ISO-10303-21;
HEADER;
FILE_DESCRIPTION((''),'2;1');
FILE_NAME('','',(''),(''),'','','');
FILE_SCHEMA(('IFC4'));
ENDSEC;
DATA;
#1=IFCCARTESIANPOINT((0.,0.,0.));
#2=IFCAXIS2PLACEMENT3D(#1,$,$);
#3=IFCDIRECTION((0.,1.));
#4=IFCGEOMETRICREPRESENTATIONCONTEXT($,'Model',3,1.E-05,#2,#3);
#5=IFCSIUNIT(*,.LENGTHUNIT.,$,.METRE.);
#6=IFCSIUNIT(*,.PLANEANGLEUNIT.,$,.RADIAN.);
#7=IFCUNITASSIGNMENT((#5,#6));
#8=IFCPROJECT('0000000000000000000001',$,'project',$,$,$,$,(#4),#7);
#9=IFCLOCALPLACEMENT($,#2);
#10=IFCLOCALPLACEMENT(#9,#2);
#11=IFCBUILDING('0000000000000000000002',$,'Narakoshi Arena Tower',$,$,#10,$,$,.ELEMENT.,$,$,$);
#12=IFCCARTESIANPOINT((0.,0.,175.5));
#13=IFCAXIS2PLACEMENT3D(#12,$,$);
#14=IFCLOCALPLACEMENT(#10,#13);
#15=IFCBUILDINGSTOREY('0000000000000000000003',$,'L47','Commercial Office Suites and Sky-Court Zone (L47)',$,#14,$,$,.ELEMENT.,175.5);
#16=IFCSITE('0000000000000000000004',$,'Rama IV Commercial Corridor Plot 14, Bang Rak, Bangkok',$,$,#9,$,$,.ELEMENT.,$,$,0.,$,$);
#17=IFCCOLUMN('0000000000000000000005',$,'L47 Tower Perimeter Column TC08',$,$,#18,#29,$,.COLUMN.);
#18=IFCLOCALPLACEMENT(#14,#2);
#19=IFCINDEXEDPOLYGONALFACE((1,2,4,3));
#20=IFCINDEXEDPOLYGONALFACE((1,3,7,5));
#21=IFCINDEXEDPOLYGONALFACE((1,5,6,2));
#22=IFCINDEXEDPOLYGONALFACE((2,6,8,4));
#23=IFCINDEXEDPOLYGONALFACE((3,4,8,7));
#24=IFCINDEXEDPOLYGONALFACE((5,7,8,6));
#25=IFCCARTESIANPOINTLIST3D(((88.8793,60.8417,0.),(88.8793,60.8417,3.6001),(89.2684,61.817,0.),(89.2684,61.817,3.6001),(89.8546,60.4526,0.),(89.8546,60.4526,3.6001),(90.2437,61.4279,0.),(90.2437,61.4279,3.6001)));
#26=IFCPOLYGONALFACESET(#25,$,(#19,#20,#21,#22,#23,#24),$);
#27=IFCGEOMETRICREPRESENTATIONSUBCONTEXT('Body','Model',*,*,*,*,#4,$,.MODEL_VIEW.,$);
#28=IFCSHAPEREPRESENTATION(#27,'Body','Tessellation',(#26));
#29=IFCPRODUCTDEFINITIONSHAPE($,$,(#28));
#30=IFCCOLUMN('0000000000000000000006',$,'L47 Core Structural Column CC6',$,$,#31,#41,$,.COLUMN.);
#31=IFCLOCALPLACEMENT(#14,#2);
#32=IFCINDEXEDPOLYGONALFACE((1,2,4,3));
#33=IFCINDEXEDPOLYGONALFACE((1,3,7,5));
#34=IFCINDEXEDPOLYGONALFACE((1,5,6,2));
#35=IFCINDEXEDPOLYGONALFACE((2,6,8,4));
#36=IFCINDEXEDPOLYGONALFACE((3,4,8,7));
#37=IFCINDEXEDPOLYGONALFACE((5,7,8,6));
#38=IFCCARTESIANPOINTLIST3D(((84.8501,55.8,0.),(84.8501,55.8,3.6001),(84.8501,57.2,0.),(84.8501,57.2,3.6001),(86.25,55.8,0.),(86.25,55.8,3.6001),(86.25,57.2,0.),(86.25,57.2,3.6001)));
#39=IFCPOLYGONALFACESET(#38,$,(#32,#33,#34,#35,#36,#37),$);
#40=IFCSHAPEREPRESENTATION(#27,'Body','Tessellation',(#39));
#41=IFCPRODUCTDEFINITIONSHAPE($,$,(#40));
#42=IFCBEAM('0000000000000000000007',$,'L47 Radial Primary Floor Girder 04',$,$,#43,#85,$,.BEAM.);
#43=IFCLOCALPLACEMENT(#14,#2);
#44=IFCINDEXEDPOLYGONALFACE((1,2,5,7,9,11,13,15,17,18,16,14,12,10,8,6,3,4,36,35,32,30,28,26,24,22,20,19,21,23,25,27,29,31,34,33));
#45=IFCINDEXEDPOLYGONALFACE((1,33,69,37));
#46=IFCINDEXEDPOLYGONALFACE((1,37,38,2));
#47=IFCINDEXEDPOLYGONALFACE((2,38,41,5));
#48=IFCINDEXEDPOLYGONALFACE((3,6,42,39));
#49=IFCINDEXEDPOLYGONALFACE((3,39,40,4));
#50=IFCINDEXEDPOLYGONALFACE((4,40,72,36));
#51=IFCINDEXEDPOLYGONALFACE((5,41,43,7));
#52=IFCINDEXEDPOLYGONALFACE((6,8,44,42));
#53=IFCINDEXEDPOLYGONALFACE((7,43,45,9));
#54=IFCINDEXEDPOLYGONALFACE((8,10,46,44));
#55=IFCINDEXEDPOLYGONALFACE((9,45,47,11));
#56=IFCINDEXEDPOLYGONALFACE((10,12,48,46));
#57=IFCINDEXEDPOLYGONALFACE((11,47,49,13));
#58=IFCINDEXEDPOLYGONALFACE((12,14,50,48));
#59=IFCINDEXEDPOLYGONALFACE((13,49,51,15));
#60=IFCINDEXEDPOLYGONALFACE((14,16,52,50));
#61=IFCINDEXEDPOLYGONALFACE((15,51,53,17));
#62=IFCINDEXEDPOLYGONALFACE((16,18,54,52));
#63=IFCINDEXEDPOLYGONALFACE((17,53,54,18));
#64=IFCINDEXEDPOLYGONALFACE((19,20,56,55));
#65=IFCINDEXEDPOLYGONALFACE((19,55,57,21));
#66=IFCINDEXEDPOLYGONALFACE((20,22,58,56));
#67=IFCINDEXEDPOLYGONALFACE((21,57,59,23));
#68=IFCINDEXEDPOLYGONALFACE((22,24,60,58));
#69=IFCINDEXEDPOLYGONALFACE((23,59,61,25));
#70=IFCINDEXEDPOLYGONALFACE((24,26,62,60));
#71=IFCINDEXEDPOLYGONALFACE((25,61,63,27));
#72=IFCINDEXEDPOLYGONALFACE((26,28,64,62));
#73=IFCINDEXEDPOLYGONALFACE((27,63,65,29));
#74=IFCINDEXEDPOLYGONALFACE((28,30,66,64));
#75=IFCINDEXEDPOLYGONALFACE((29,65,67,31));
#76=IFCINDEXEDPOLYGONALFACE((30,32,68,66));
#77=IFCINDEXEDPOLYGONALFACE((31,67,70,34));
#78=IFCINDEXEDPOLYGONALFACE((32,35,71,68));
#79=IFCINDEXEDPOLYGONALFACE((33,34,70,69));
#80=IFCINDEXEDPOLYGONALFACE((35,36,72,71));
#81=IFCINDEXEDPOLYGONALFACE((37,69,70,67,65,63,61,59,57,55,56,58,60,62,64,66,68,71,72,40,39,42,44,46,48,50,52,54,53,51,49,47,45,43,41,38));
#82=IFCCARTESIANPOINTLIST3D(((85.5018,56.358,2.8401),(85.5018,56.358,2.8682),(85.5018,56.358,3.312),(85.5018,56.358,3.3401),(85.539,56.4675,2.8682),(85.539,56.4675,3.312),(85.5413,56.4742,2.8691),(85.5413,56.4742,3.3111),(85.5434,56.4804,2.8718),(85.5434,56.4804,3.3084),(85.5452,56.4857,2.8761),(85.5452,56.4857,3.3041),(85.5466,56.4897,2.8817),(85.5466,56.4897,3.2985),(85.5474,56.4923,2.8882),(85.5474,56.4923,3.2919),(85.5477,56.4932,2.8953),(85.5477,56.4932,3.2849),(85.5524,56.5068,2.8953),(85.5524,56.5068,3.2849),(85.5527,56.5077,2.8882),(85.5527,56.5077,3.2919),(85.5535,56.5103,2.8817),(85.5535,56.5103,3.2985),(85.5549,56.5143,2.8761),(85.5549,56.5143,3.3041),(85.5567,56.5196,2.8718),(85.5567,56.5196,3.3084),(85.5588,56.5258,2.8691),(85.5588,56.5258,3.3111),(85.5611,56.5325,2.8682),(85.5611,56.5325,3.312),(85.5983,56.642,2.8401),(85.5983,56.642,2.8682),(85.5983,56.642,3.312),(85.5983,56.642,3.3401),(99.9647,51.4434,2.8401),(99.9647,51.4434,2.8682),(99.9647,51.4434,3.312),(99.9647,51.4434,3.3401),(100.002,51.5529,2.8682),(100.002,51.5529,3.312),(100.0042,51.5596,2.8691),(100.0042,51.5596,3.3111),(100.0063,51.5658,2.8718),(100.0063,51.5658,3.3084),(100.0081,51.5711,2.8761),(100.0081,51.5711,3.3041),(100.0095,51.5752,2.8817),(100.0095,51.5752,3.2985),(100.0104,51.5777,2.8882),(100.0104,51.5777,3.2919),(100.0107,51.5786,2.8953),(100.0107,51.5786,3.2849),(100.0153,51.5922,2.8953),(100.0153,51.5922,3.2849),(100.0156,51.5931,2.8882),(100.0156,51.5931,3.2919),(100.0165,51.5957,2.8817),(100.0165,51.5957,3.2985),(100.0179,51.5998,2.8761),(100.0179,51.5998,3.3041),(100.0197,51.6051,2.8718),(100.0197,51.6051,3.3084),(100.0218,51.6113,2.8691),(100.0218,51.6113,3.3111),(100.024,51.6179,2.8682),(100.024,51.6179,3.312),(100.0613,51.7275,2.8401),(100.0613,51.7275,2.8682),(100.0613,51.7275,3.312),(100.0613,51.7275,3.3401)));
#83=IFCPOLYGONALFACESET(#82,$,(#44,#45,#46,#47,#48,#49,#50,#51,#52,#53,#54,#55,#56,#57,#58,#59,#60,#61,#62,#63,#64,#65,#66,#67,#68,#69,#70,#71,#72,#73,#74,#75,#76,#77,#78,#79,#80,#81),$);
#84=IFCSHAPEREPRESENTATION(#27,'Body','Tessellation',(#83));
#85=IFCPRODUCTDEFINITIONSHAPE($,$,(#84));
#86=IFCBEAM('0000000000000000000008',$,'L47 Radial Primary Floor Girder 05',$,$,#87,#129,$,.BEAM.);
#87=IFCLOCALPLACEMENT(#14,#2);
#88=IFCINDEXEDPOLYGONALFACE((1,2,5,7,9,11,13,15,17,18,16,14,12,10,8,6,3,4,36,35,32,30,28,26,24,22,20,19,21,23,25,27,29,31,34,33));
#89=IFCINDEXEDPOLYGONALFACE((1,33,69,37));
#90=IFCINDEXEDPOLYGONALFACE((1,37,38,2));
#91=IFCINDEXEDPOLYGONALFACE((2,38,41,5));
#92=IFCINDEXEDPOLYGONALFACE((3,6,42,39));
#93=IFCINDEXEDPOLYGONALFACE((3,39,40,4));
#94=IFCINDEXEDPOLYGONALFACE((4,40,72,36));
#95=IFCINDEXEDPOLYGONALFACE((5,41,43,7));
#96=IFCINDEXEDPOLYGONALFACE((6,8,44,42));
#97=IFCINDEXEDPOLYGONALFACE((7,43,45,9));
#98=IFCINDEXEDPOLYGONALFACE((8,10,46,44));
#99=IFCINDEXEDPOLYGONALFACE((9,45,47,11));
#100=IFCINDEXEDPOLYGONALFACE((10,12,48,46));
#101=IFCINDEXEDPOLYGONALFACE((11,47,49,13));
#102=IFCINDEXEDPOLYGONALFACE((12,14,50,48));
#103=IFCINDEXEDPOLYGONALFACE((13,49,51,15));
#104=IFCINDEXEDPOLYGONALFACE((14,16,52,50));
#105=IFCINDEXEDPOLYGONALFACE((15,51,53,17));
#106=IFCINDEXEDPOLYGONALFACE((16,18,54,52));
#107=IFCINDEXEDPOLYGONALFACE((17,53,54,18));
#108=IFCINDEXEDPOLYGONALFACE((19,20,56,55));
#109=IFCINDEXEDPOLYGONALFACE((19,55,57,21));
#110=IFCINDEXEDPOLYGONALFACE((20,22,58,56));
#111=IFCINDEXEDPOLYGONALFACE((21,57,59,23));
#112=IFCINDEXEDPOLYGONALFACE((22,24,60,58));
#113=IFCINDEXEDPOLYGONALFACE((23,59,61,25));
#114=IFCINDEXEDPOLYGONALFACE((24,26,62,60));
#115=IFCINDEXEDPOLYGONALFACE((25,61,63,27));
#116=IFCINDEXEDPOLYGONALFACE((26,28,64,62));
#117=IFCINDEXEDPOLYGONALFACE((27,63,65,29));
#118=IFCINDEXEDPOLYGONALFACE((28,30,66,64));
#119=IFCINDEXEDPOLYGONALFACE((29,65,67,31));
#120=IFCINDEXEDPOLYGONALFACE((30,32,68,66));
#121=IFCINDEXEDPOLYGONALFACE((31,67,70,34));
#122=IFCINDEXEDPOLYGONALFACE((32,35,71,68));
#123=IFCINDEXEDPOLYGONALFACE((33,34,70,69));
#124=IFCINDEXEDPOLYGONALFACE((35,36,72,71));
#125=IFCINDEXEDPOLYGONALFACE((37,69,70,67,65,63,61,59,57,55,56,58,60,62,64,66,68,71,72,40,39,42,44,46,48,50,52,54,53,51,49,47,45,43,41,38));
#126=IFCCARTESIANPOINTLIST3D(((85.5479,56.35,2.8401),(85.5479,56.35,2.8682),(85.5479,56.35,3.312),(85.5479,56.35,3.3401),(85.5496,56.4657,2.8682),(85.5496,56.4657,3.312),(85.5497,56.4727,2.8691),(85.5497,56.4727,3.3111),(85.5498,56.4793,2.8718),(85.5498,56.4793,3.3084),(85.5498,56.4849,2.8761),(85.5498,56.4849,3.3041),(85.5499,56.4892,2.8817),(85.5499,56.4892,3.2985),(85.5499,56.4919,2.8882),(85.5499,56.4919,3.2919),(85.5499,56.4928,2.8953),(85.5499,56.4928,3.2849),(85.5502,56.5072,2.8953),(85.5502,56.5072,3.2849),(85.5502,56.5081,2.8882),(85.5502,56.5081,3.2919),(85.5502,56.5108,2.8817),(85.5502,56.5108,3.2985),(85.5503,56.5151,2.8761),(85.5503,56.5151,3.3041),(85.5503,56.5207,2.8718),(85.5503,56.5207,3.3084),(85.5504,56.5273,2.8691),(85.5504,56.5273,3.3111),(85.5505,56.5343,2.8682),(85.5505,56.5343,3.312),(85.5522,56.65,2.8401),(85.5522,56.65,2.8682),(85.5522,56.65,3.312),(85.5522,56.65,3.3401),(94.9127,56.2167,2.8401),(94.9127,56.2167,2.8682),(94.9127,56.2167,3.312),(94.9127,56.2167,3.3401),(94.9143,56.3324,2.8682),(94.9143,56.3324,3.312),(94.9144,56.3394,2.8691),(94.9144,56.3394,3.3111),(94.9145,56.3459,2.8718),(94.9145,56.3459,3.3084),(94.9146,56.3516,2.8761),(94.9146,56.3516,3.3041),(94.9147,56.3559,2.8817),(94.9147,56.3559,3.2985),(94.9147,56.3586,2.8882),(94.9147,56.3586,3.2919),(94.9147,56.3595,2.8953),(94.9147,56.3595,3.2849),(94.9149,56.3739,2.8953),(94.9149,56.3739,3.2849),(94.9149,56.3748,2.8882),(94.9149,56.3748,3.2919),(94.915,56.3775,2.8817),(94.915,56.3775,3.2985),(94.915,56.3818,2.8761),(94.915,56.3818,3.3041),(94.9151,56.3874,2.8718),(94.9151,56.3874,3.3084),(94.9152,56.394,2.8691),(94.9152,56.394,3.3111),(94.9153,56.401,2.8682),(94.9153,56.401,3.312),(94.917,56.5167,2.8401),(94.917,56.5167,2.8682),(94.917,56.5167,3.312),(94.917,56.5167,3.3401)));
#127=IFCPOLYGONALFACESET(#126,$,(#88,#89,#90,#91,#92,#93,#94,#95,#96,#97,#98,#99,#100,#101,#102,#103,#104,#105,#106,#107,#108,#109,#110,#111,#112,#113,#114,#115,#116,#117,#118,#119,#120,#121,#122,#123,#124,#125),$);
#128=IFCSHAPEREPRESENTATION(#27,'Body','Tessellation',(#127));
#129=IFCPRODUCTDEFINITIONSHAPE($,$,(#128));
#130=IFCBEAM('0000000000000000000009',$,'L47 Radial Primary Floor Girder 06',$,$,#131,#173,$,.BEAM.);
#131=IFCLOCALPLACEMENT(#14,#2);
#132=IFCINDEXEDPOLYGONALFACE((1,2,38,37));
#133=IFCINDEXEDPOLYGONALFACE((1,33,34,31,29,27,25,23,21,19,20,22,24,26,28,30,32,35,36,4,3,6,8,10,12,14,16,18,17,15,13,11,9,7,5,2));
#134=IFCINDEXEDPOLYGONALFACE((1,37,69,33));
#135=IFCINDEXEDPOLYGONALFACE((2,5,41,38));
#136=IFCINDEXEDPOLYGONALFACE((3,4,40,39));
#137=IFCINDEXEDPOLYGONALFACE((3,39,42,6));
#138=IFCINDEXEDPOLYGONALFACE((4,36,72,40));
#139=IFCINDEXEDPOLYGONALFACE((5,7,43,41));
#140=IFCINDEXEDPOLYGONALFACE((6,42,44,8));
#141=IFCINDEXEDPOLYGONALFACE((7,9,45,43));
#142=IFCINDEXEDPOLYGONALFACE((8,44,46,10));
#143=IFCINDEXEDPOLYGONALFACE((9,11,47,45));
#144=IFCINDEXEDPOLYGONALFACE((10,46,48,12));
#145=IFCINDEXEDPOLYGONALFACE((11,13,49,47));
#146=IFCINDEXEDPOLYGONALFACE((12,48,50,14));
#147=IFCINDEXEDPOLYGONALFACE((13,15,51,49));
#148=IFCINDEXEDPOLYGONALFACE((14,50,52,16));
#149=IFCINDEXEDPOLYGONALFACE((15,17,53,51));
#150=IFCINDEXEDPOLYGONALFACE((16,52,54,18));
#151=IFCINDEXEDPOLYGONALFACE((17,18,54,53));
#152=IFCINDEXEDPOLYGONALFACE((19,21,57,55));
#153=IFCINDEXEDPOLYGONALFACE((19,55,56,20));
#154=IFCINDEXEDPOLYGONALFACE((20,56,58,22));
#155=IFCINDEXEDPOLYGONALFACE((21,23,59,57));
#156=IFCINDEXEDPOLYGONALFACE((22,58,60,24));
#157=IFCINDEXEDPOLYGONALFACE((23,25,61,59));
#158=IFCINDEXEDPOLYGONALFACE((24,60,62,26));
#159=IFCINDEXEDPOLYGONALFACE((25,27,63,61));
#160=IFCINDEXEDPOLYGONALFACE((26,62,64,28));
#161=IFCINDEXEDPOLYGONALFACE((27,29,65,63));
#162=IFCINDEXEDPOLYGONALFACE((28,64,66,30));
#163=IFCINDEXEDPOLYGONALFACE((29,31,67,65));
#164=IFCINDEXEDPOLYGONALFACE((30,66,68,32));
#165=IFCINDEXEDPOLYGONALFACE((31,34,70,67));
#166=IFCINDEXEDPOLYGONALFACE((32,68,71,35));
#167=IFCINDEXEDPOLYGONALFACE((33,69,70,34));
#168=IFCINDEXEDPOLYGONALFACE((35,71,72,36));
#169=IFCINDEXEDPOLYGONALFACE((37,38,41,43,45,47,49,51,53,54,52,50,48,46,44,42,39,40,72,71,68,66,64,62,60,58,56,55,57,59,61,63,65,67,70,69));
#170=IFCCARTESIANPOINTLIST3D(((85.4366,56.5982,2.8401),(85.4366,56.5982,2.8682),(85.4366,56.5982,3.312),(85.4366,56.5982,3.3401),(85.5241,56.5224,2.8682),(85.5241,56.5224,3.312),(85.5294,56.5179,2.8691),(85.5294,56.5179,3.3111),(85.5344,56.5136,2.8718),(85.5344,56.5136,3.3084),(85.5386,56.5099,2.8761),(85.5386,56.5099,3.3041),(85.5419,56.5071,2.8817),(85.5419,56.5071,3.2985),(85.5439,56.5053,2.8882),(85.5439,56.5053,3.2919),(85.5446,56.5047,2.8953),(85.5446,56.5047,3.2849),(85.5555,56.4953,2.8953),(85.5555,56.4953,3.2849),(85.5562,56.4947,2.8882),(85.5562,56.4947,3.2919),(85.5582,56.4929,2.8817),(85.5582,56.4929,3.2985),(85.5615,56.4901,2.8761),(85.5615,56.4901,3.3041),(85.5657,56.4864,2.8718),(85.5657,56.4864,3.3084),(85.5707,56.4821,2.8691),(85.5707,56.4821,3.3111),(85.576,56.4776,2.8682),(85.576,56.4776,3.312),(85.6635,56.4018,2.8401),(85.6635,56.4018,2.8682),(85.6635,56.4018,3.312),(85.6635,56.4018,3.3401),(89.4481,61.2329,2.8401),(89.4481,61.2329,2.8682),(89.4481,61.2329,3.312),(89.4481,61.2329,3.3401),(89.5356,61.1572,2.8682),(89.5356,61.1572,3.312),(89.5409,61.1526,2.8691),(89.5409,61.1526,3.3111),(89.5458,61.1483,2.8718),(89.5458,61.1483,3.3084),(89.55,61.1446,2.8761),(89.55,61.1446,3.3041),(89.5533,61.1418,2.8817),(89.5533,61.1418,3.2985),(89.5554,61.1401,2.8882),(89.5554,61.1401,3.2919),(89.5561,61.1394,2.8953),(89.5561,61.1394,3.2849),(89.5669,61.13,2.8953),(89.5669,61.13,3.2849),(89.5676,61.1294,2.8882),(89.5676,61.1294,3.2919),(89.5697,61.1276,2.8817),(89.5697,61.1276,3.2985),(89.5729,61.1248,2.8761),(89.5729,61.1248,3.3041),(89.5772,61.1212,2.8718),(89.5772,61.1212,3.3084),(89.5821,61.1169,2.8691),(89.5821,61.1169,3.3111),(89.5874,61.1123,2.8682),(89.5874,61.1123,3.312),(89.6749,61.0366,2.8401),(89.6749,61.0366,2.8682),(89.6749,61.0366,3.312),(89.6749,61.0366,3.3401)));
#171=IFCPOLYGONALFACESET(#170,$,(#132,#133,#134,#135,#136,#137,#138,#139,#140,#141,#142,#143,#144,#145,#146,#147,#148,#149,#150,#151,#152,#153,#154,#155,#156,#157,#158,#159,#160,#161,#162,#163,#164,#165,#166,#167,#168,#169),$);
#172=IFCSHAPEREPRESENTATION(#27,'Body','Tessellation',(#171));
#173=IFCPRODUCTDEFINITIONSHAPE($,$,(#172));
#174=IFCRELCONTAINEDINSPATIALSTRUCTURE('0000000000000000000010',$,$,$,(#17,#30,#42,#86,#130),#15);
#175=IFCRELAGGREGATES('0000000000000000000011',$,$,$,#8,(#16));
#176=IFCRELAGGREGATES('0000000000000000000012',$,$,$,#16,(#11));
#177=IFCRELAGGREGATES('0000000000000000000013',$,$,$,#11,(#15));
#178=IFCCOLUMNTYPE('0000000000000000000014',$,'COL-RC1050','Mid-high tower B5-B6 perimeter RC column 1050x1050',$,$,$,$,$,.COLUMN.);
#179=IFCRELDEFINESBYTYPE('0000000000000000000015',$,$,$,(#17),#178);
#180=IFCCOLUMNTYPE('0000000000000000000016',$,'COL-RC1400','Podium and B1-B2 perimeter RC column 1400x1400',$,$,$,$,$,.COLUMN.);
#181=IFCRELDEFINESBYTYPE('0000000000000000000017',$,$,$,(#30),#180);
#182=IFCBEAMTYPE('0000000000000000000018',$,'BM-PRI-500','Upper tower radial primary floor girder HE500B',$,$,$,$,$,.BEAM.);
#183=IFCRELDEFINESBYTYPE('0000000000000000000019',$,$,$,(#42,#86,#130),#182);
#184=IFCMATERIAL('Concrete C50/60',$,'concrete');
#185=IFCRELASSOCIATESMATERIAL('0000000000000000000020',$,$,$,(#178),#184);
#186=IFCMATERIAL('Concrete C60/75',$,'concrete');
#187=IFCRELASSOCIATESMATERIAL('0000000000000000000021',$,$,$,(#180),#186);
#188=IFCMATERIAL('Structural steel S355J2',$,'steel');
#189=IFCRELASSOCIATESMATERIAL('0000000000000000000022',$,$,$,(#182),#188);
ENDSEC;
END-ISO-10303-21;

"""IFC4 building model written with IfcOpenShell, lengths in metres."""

from ifc_helpers import new_model, si_unit, direction, frame, origin, origin_2d, place, context, subcontext, project, spatial, rectangle, i_section, extrude, material, material_profile, profile_set, type_object, element, save


model = new_model("IFC4")

# Units and contexts
model_context = context("Model", 3, precision=1e-05, world=origin(), true_north=direction((0.0, 1.0)))
body_context = subcontext(model_context, "Body", "Model", "MODEL_VIEW")
ifc_project = project(units=[si_unit("LENGTHUNIT", "METRE"), si_unit("PLANEANGLEUNIT", "RADIAN")], contexts=[model_context])

# Site, building, storey
site_placement = place(None, origin())
site = spatial("IfcSite", under=ifc_project, at=site_placement, Name="Rama IV Commercial Corridor Plot 14, Bang Rak, Bangkok", CompositionType="ELEMENT", RefElevation=0.0)
building_placement = place(site_placement, origin())
building = spatial("IfcBuilding", under=site, at=building_placement, Name="Narakoshi Arena Tower", CompositionType="ELEMENT")
storey_placement = place(building_placement, frame((0.0, 0.0, 175.5)))
storey = spatial("IfcBuildingStorey", under=building, at=storey_placement, Name="L47", Description="Commercial Office Suites and Sky-Court Zone (L47)", CompositionType="ELEMENT", Elevation=175.5)

# Columns
ifc_material_1 = material(Name="Concrete C50/60", Category="concrete")
ifc_material_profile_1 = material_profile(ifc_material_1, rectangle(XDim=1.05, YDim=1.05, at=origin_2d()), Name="RC1050x1050")
ifc_profile_set_1 = profile_set([ifc_material_profile_1], Name="Concrete C50/60")
column_type_1 = type_object("IfcColumnType", Name="COL-RC1050", Description="Mid-high tower B5-B6 perimeter RC column 1050x1050", PredefinedType="COLUMN", material=ifc_profile_set_1)
column_1_placement = place(storey_placement, frame((89.5615, 61.1348, 0.0), z_axis=(0.0, 0.0, 1.0), x_axis=(0.370557, 0.92881, 0.0)))
element("IfcColumn", 1, at=column_1_placement, inside=storey, type_object=column_type_1, Name="L47 Tower Perimeter Column TC08", PredefinedType="COLUMN", context=body_context, shape_type="SweptSolid", body=[
    extrude(rectangle(XDim=1.05, YDim=1.05, at=origin_2d()), origin(), (0.0, 0.0, 1.0), 3.6001),
])
ifc_material_2 = material(Name="Concrete C60/75", Category="concrete")
ifc_material_profile_2 = material_profile(ifc_material_2, rectangle(XDim=1.3999, YDim=1.3999, at=origin_2d()), Name="RC1400x1400")
ifc_profile_set_2 = profile_set([ifc_material_profile_2], Name="Concrete C60/75")
column_type_2 = type_object("IfcColumnType", Name="COL-RC1400", Description="Podium and B1-B2 perimeter RC column 1400x1400", PredefinedType="COLUMN", material=ifc_profile_set_2)
column_2_placement = place(storey_placement, frame((85.55, 56.5, 0.0), z_axis=(0.0, 0.0, 1.0), x_axis=(1.0, 0.0, 0.0)))
element("IfcColumn", 2, at=column_2_placement, inside=storey, type_object=column_type_2, Name="L47 Core Structural Column CC6", PredefinedType="COLUMN", context=body_context, shape_type="SweptSolid", body=[
    extrude(rectangle(XDim=1.3999, YDim=1.3999, at=origin_2d()), origin(), (0.0, 0.0, 1.0), 3.6001),
])

# Beams
ifc_material_3 = material(Name="Structural steel S355J2", Category="steel")
ifc_material_profile_3 = material_profile(ifc_material_3, i_section(OverallWidth=0.3, OverallDepth=0.5, WebThickness=0.0144, FlangeThickness=0.0281, FilletRadius=0.0271, at=origin_2d()), Name="HE500B")
ifc_profile_set_3 = profile_set([ifc_material_profile_3], Name="Structural steel S355J2")
beam_type_1 = type_object("IfcBeamType", Name="BM-PRI-500", Description="Upper tower radial primary floor girder HE500B", PredefinedType="BEAM", material=ifc_profile_set_3)
beam_1_placement = place(storey_placement, frame((85.55, 56.5, 3.0901), z_axis=(0.946829, -0.321737, 0.0), x_axis=(0.321737, 0.946829, 0.0)))
element("IfcBeam", 3, at=beam_1_placement, inside=storey, type_object=beam_type_1, Name="L47 Radial Primary Floor Girder 04", PredefinedType="BEAM", context=body_context, shape_type="SweptSolid", body=[
    extrude(i_section(OverallWidth=0.3, OverallDepth=0.5, WebThickness=0.0144, FlangeThickness=0.0281, FilletRadius=0.0271, at=origin_2d()), origin(), (0.0, 0.0, 1.0), 15.2751),
])
beam_2_placement = place(storey_placement, frame((85.55, 56.5, 3.0901), z_axis=(0.999899, -0.014233, 0.0), x_axis=(0.014233, 0.999899, 0.0)))
element("IfcBeam", 4, at=beam_2_placement, inside=storey, type_object=beam_type_1, Name="L47 Radial Primary Floor Girder 05", PredefinedType="BEAM", context=body_context, shape_type="SweptSolid", body=[
    extrude(i_section(OverallWidth=0.3, OverallDepth=0.5, WebThickness=0.0144, FlangeThickness=0.0281, FilletRadius=0.0271, at=origin_2d()), origin(), (0.0, 0.0, 1.0), 9.3657),
])
beam_3_placement = place(storey_placement, frame((85.55, 56.5, 3.0901), z_axis=(0.654435, 0.756119, 0.0), x_axis=(-0.756119, 0.654435, 0.0)))
element("IfcBeam", 5, at=beam_3_placement, inside=storey, type_object=beam_type_1, Name="L47 Radial Primary Floor Girder 06", PredefinedType="BEAM", context=body_context, shape_type="SweptSolid", body=[
    extrude(i_section(OverallWidth=0.3, OverallDepth=0.5, WebThickness=0.0144, FlangeThickness=0.0281, FilletRadius=0.0271, at=origin_2d()), origin(), (0.0, 0.0, 1.0), 6.1296),
])

save(model, "model.ifc")
